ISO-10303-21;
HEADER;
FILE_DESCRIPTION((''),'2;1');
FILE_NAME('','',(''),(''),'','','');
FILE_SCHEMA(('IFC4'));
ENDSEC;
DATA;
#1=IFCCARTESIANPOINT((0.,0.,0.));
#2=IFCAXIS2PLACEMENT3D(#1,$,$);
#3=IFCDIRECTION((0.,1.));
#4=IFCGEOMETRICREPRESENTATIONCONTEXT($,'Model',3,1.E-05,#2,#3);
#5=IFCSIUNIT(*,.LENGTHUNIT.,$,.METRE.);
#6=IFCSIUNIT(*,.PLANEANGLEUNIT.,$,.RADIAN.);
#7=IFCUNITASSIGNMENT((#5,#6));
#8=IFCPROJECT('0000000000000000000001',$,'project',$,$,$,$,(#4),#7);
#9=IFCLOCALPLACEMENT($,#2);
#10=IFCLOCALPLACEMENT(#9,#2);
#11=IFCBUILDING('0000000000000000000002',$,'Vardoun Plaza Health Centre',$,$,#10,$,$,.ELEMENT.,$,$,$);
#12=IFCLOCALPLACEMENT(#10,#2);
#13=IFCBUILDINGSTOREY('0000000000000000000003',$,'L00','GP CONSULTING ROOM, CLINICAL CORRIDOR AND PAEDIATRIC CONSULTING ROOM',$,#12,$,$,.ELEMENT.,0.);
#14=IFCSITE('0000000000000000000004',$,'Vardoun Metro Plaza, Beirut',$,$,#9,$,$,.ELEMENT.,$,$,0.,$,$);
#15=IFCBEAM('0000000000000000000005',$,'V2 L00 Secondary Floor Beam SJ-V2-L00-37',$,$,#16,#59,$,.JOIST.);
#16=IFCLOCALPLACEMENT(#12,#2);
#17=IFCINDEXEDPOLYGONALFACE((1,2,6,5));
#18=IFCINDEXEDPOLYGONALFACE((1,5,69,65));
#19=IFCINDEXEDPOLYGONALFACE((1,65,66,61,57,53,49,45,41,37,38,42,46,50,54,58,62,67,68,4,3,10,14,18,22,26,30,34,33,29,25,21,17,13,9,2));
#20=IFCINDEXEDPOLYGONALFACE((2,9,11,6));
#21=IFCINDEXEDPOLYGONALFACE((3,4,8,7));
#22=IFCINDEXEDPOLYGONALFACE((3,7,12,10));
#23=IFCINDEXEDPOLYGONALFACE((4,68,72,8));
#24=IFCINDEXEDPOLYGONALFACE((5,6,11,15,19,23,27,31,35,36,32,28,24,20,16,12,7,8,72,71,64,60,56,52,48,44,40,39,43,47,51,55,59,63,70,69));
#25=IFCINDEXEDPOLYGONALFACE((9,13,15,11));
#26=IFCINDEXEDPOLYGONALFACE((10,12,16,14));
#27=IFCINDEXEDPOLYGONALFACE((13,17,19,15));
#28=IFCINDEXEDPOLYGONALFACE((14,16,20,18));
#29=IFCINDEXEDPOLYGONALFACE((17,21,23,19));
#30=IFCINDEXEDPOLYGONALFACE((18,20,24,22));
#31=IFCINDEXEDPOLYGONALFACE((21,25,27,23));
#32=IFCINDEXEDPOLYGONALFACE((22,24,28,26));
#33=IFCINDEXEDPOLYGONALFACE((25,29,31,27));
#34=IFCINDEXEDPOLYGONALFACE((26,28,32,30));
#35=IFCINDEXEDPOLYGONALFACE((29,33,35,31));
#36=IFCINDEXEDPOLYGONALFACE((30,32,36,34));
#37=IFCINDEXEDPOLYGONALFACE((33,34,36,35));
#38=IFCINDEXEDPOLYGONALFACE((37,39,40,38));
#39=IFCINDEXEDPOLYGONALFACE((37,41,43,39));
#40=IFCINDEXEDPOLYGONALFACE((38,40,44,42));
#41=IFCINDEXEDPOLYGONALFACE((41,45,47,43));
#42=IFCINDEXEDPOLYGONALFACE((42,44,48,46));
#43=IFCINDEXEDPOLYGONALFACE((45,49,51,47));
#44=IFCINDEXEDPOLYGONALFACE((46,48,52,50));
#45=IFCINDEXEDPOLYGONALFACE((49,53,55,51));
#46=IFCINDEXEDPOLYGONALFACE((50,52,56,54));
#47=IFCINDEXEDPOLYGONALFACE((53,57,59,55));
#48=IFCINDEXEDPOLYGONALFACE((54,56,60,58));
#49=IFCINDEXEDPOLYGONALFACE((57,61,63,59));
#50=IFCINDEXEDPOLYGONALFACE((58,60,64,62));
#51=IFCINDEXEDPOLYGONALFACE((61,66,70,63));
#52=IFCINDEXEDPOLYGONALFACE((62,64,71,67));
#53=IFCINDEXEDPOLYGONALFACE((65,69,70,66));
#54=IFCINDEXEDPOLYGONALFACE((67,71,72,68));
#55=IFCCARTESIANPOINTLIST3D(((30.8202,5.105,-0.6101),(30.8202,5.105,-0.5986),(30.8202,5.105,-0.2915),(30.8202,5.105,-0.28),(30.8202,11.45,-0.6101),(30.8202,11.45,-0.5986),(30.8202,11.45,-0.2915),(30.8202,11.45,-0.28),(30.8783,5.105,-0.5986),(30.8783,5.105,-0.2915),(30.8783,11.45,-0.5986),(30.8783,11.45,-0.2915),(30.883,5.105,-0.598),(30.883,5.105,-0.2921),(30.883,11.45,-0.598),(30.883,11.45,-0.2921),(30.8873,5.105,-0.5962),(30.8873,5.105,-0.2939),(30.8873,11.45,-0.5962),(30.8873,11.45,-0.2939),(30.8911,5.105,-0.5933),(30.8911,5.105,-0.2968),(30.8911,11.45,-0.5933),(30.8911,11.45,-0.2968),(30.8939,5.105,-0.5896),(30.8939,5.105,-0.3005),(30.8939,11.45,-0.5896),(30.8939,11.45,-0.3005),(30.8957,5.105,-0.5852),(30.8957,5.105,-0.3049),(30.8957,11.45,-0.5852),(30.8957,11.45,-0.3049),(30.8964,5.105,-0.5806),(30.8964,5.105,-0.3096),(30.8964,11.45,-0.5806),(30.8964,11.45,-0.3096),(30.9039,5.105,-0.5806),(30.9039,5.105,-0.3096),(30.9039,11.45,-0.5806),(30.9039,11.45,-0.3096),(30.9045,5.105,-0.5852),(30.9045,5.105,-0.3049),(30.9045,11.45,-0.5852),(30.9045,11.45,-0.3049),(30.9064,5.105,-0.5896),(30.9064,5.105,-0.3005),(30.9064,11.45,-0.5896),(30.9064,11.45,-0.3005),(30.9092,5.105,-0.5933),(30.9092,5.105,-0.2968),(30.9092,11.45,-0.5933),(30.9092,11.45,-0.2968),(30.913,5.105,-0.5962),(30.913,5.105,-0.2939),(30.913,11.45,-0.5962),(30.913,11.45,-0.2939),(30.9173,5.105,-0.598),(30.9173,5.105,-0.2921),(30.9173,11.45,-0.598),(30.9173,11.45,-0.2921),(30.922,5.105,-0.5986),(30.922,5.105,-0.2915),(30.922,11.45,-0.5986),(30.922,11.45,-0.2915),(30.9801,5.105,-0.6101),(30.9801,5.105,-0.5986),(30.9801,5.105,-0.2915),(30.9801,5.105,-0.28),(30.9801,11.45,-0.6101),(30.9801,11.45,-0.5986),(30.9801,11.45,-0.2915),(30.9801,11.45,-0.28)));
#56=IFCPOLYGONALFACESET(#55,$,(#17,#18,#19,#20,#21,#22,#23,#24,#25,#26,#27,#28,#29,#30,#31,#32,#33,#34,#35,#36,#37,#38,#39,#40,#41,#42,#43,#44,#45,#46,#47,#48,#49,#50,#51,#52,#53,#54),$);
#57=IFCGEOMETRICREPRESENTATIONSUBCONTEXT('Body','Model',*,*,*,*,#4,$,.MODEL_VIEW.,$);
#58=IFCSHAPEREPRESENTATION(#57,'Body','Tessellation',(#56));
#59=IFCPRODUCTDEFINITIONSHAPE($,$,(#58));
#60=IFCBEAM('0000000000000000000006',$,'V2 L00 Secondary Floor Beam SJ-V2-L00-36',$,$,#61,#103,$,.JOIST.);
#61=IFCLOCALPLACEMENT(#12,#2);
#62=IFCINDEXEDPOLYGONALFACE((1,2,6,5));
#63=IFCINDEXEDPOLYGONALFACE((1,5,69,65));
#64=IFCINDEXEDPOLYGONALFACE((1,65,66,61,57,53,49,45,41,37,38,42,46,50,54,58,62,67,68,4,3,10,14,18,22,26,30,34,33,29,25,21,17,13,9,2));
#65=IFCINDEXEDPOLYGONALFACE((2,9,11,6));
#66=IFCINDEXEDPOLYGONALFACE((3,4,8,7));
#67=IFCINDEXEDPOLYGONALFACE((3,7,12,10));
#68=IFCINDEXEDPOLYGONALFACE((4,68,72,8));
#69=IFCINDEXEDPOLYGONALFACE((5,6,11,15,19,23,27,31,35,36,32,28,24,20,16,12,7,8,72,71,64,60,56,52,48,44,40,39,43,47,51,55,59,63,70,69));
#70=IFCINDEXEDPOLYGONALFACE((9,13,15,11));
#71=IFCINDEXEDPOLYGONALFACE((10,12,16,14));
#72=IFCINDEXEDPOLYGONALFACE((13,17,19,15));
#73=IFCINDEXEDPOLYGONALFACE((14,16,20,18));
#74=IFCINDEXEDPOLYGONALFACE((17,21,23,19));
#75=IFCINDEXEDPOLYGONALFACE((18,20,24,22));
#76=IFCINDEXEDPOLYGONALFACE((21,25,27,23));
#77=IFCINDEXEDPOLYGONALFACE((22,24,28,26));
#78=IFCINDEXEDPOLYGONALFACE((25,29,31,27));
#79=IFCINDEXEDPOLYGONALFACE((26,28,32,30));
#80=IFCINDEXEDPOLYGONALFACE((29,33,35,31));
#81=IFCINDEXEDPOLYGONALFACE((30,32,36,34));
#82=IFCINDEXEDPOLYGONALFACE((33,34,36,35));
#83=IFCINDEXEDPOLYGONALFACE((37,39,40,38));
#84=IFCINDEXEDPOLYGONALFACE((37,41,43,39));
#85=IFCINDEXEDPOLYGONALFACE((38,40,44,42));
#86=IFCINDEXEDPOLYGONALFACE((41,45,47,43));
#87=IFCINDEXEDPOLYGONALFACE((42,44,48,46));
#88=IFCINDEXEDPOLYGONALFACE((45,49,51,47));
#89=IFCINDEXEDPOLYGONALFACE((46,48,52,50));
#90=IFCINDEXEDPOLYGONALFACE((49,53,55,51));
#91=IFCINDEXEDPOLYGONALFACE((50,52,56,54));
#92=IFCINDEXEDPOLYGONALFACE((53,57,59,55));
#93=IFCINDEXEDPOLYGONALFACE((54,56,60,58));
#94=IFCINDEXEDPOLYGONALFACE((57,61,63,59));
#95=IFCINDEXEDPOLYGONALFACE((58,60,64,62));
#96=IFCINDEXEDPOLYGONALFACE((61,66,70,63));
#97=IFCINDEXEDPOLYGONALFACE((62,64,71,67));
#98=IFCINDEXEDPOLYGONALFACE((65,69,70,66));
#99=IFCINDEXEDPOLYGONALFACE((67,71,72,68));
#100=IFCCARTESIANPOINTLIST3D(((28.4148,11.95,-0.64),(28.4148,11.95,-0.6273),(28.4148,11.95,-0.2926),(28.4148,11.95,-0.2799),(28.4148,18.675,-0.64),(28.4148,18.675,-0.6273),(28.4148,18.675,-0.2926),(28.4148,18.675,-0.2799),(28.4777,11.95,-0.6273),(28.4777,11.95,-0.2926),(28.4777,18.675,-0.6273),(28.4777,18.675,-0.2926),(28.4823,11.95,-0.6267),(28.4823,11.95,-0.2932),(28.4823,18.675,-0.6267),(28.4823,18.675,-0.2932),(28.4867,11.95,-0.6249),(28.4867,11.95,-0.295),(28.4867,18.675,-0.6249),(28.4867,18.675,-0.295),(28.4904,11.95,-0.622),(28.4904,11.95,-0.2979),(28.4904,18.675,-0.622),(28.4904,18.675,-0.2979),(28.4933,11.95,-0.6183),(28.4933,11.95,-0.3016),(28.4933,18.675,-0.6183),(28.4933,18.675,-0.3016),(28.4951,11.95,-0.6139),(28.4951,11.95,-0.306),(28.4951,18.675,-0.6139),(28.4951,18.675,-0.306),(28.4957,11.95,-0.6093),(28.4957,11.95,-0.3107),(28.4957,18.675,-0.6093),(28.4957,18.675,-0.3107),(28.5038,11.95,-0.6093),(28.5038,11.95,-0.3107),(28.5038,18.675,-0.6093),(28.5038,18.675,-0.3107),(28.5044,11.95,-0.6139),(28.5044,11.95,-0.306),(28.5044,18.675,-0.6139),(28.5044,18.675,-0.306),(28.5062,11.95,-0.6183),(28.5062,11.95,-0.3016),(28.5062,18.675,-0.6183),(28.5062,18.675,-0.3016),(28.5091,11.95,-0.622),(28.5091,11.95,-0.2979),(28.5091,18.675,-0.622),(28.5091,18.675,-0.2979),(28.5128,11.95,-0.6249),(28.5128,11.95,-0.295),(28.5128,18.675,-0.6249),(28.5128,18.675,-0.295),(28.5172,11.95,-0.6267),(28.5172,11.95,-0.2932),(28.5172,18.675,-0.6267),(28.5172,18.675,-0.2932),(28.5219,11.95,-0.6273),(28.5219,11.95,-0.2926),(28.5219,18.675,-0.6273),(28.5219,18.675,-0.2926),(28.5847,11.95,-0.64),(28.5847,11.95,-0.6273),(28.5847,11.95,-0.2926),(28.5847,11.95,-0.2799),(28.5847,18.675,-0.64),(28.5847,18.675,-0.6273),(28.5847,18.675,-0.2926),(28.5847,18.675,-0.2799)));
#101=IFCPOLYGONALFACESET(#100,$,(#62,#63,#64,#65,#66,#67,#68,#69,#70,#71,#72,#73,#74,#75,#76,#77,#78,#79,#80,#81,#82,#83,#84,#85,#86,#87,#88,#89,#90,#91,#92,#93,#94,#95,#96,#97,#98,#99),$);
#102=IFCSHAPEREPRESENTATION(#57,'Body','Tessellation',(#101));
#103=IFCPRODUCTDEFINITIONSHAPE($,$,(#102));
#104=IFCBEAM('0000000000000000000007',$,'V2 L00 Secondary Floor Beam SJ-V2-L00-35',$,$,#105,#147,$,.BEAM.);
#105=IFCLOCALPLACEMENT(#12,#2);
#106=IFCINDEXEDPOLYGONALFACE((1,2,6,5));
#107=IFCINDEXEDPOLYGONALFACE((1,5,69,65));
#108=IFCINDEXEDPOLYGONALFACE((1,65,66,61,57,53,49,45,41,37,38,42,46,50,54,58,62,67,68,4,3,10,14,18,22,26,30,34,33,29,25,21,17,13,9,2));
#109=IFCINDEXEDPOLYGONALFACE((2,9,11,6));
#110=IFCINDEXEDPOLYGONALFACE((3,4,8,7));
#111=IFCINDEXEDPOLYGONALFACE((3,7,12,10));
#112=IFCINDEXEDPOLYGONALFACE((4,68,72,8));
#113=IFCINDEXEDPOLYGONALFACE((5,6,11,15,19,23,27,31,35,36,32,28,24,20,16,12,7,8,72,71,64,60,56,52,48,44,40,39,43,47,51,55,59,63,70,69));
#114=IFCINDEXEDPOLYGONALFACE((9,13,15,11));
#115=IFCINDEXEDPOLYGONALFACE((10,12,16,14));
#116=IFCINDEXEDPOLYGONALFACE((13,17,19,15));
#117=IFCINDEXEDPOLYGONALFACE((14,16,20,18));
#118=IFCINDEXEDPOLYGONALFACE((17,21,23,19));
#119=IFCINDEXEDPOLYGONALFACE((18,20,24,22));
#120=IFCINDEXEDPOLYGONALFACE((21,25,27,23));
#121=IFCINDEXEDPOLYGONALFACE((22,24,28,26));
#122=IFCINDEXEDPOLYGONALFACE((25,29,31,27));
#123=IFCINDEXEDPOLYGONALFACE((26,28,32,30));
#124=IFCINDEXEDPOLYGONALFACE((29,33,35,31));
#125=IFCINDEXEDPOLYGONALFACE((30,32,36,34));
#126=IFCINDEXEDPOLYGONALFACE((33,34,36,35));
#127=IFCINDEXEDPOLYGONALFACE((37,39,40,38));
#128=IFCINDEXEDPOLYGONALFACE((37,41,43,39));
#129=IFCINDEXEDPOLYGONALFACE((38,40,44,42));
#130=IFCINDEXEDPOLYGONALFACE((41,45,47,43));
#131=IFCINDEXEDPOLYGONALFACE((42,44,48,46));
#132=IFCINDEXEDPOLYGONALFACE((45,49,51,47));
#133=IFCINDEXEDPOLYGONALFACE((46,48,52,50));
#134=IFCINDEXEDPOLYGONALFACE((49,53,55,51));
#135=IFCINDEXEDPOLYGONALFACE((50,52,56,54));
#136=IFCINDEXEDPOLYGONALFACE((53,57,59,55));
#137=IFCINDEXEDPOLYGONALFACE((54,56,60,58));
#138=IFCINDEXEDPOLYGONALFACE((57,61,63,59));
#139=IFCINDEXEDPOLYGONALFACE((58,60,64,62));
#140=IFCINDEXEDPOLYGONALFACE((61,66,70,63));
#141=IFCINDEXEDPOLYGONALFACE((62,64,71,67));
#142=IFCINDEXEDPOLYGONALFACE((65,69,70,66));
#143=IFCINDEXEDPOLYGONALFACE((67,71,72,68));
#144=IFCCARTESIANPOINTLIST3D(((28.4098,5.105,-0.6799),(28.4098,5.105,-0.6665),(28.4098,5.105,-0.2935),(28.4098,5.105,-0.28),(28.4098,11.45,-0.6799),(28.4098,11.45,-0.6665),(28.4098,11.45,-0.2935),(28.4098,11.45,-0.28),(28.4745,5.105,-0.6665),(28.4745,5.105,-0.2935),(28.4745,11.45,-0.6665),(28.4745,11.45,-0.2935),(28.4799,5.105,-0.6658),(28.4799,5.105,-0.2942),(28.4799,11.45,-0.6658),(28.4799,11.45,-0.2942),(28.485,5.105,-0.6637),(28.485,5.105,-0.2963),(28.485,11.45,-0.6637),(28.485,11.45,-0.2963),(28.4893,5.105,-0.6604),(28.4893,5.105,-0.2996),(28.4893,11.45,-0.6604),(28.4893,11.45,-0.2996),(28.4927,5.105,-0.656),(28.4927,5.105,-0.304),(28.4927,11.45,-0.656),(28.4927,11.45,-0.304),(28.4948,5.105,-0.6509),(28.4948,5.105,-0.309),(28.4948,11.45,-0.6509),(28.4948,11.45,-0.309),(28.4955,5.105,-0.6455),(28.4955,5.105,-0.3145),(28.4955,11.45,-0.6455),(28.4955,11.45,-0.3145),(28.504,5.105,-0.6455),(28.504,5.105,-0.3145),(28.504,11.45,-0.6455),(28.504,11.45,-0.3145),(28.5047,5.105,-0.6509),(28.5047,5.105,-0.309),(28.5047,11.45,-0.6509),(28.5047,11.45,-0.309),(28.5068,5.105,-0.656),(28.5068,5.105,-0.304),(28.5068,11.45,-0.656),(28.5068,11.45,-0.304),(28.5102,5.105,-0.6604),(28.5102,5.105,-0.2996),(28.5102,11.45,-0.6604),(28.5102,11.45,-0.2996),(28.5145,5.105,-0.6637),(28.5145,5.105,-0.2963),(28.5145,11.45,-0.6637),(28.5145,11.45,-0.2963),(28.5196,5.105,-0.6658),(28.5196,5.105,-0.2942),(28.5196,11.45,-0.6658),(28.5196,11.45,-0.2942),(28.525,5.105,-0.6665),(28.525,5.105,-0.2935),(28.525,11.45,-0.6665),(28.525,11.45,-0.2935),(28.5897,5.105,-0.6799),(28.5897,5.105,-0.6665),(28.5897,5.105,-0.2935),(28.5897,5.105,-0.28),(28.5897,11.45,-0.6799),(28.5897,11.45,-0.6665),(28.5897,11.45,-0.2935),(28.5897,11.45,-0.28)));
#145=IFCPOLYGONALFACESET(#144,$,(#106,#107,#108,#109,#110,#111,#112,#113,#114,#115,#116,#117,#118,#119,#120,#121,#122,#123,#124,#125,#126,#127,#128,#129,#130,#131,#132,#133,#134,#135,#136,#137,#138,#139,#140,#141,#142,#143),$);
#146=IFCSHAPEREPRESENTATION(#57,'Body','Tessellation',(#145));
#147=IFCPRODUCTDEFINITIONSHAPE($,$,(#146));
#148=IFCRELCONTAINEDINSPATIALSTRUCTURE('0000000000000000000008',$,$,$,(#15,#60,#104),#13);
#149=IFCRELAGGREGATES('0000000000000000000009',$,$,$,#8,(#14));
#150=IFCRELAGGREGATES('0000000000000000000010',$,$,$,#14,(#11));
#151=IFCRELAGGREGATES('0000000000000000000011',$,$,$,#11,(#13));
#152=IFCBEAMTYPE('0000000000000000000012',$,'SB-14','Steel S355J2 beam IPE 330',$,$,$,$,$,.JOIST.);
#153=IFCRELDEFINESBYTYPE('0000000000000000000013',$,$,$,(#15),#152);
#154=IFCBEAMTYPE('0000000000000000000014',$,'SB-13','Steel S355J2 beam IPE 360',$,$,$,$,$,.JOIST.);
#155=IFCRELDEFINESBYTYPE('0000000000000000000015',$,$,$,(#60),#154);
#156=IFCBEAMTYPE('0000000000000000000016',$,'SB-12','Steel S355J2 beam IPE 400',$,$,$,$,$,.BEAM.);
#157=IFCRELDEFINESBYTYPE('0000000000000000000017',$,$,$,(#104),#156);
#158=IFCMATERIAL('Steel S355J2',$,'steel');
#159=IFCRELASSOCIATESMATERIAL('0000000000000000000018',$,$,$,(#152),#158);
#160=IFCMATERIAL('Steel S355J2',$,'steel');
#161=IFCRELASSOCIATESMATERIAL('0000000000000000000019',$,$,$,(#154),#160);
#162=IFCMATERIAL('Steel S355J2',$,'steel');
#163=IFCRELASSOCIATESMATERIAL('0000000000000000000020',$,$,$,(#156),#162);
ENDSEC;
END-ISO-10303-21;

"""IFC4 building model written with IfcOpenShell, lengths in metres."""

from ifc_helpers import new_model, si_unit, direction, frame, origin, origin_2d, place, context, subcontext, project, spatial, i_section, extrude, material, material_profile, profile_set, type_object, element, save


model = new_model("IFC4")

# Units and contexts
model_context = context("Model", 3, precision=1e-05, world=origin(), true_north=direction((0.0, 1.0)))
body_context = subcontext(model_context, "Body", "Model", "MODEL_VIEW")
ifc_project = project(units=[si_unit("LENGTHUNIT", "METRE"), si_unit("PLANEANGLEUNIT", "RADIAN")], contexts=[model_context])

# Site, building, storey
site_placement = place(None, origin())
site = spatial("IfcSite", under=ifc_project, at=site_placement, Name="Vardoun Metro Plaza, Beirut", CompositionType="ELEMENT", RefElevation=0.0)
building_placement = place(site_placement, origin())
building = spatial("IfcBuilding", under=site, at=building_placement, Name="Vardoun Plaza Health Centre", CompositionType="ELEMENT")
storey_placement = place(building_placement, origin())
storey = spatial("IfcBuildingStorey", under=building, at=storey_placement, Name="L00", Description="GP CONSULTING ROOM, CLINICAL CORRIDOR AND PAEDIATRIC CONSULTING ROOM", CompositionType="ELEMENT", Elevation=0.0)

# Beams
ifc_material_1 = material(Name="Steel S355J2", Category="steel")
ifc_material_profile_1 = material_profile(ifc_material_1, i_section(OverallWidth=0.1599, OverallDepth=0.3301, WebThickness=0.0076, FlangeThickness=0.0115, FilletRadius=0.0181, at=origin_2d()), Name="IPE 330")
ifc_profile_set_1 = profile_set([ifc_material_profile_1], Name="Steel S355J2")
beam_type_1 = type_object("IfcBeamType", Name="SB-14", Description="Steel S355J2 beam IPE 330", PredefinedType="JOIST", material=ifc_profile_set_1)
beam_1_placement = place(storey_placement, frame((30.9001, 5.105, -0.4451), z_axis=(0.0, 1.0, 0.0), x_axis=(-1.0, 0.0, 0.0)))
element("IfcBeam", 1, at=beam_1_placement, inside=storey, type_object=beam_type_1, Name="V2 L00 Secondary Floor Beam SJ-V2-L00-37", PredefinedType="JOIST", context=body_context, shape_type="SweptSolid", body=[
    extrude(i_section(OverallWidth=0.1599, OverallDepth=0.3301, WebThickness=0.0076, FlangeThickness=0.0115, FilletRadius=0.0181, at=origin_2d()), origin(), (0.0, 0.0, 1.0), 6.345),
])
ifc_material_2 = material(Name="Steel S355J2", Category="steel")
ifc_material_profile_2 = material_profile(ifc_material_2, i_section(OverallWidth=0.1699, OverallDepth=0.3601, WebThickness=0.0081, FlangeThickness=0.0127, FilletRadius=0.0181, at=origin_2d()), Name="IPE 360")
ifc_profile_set_2 = profile_set([ifc_material_profile_2], Name="Steel S355J2")
beam_type_2 = type_object("IfcBeamType", Name="SB-13", Description="Steel S355J2 beam IPE 360", PredefinedType="JOIST", material=ifc_profile_set_2)
beam_2_placement = place(storey_placement, frame((28.4998, 11.95, -0.46), z_axis=(0.0, 1.0, 0.0), x_axis=(-1.0, 0.0, 0.0)))
element("IfcBeam", 2, at=beam_2_placement, inside=storey, type_object=beam_type_2, Name="V2 L00 Secondary Floor Beam SJ-V2-L00-36", PredefinedType="JOIST", context=body_context, shape_type="SweptSolid", body=[
    extrude(i_section(OverallWidth=0.1699, OverallDepth=0.3601, WebThickness=0.0081, FlangeThickness=0.0127, FilletRadius=0.0181, at=origin_2d()), origin(), (0.0, 0.0, 1.0), 6.7251),
])
ifc_material_3 = material(Name="Steel S355J2", Category="steel")
ifc_material_profile_3 = material_profile(ifc_material_3, i_section(OverallWidth=0.1799, OverallDepth=0.3999, WebThickness=0.0085, FlangeThickness=0.0134, FilletRadius=0.021, at=origin_2d()), Name="IPE 400")
ifc_profile_set_3 = profile_set([ifc_material_profile_3], Name="Steel S355J2")
beam_type_3 = type_object("IfcBeamType", Name="SB-12", Description="Steel S355J2 beam IPE 400", PredefinedType="BEAM", material=ifc_profile_set_3)
beam_3_placement = place(storey_placement, frame((28.4998, 5.105, -0.48), z_axis=(0.0, 1.0, 0.0), x_axis=(-1.0, 0.0, 0.0)))
element("IfcBeam", 3, at=beam_3_placement, inside=storey, type_object=beam_type_3, Name="V2 L00 Secondary Floor Beam SJ-V2-L00-35", PredefinedType="BEAM", context=body_context, shape_type="SweptSolid", body=[
    extrude(i_section(OverallWidth=0.1799, OverallDepth=0.3999, WebThickness=0.0085, FlangeThickness=0.0134, FilletRadius=0.021, at=origin_2d()), origin(), (0.0, 0.0, 1.0), 6.345),
])

save(model, "model.ifc")
